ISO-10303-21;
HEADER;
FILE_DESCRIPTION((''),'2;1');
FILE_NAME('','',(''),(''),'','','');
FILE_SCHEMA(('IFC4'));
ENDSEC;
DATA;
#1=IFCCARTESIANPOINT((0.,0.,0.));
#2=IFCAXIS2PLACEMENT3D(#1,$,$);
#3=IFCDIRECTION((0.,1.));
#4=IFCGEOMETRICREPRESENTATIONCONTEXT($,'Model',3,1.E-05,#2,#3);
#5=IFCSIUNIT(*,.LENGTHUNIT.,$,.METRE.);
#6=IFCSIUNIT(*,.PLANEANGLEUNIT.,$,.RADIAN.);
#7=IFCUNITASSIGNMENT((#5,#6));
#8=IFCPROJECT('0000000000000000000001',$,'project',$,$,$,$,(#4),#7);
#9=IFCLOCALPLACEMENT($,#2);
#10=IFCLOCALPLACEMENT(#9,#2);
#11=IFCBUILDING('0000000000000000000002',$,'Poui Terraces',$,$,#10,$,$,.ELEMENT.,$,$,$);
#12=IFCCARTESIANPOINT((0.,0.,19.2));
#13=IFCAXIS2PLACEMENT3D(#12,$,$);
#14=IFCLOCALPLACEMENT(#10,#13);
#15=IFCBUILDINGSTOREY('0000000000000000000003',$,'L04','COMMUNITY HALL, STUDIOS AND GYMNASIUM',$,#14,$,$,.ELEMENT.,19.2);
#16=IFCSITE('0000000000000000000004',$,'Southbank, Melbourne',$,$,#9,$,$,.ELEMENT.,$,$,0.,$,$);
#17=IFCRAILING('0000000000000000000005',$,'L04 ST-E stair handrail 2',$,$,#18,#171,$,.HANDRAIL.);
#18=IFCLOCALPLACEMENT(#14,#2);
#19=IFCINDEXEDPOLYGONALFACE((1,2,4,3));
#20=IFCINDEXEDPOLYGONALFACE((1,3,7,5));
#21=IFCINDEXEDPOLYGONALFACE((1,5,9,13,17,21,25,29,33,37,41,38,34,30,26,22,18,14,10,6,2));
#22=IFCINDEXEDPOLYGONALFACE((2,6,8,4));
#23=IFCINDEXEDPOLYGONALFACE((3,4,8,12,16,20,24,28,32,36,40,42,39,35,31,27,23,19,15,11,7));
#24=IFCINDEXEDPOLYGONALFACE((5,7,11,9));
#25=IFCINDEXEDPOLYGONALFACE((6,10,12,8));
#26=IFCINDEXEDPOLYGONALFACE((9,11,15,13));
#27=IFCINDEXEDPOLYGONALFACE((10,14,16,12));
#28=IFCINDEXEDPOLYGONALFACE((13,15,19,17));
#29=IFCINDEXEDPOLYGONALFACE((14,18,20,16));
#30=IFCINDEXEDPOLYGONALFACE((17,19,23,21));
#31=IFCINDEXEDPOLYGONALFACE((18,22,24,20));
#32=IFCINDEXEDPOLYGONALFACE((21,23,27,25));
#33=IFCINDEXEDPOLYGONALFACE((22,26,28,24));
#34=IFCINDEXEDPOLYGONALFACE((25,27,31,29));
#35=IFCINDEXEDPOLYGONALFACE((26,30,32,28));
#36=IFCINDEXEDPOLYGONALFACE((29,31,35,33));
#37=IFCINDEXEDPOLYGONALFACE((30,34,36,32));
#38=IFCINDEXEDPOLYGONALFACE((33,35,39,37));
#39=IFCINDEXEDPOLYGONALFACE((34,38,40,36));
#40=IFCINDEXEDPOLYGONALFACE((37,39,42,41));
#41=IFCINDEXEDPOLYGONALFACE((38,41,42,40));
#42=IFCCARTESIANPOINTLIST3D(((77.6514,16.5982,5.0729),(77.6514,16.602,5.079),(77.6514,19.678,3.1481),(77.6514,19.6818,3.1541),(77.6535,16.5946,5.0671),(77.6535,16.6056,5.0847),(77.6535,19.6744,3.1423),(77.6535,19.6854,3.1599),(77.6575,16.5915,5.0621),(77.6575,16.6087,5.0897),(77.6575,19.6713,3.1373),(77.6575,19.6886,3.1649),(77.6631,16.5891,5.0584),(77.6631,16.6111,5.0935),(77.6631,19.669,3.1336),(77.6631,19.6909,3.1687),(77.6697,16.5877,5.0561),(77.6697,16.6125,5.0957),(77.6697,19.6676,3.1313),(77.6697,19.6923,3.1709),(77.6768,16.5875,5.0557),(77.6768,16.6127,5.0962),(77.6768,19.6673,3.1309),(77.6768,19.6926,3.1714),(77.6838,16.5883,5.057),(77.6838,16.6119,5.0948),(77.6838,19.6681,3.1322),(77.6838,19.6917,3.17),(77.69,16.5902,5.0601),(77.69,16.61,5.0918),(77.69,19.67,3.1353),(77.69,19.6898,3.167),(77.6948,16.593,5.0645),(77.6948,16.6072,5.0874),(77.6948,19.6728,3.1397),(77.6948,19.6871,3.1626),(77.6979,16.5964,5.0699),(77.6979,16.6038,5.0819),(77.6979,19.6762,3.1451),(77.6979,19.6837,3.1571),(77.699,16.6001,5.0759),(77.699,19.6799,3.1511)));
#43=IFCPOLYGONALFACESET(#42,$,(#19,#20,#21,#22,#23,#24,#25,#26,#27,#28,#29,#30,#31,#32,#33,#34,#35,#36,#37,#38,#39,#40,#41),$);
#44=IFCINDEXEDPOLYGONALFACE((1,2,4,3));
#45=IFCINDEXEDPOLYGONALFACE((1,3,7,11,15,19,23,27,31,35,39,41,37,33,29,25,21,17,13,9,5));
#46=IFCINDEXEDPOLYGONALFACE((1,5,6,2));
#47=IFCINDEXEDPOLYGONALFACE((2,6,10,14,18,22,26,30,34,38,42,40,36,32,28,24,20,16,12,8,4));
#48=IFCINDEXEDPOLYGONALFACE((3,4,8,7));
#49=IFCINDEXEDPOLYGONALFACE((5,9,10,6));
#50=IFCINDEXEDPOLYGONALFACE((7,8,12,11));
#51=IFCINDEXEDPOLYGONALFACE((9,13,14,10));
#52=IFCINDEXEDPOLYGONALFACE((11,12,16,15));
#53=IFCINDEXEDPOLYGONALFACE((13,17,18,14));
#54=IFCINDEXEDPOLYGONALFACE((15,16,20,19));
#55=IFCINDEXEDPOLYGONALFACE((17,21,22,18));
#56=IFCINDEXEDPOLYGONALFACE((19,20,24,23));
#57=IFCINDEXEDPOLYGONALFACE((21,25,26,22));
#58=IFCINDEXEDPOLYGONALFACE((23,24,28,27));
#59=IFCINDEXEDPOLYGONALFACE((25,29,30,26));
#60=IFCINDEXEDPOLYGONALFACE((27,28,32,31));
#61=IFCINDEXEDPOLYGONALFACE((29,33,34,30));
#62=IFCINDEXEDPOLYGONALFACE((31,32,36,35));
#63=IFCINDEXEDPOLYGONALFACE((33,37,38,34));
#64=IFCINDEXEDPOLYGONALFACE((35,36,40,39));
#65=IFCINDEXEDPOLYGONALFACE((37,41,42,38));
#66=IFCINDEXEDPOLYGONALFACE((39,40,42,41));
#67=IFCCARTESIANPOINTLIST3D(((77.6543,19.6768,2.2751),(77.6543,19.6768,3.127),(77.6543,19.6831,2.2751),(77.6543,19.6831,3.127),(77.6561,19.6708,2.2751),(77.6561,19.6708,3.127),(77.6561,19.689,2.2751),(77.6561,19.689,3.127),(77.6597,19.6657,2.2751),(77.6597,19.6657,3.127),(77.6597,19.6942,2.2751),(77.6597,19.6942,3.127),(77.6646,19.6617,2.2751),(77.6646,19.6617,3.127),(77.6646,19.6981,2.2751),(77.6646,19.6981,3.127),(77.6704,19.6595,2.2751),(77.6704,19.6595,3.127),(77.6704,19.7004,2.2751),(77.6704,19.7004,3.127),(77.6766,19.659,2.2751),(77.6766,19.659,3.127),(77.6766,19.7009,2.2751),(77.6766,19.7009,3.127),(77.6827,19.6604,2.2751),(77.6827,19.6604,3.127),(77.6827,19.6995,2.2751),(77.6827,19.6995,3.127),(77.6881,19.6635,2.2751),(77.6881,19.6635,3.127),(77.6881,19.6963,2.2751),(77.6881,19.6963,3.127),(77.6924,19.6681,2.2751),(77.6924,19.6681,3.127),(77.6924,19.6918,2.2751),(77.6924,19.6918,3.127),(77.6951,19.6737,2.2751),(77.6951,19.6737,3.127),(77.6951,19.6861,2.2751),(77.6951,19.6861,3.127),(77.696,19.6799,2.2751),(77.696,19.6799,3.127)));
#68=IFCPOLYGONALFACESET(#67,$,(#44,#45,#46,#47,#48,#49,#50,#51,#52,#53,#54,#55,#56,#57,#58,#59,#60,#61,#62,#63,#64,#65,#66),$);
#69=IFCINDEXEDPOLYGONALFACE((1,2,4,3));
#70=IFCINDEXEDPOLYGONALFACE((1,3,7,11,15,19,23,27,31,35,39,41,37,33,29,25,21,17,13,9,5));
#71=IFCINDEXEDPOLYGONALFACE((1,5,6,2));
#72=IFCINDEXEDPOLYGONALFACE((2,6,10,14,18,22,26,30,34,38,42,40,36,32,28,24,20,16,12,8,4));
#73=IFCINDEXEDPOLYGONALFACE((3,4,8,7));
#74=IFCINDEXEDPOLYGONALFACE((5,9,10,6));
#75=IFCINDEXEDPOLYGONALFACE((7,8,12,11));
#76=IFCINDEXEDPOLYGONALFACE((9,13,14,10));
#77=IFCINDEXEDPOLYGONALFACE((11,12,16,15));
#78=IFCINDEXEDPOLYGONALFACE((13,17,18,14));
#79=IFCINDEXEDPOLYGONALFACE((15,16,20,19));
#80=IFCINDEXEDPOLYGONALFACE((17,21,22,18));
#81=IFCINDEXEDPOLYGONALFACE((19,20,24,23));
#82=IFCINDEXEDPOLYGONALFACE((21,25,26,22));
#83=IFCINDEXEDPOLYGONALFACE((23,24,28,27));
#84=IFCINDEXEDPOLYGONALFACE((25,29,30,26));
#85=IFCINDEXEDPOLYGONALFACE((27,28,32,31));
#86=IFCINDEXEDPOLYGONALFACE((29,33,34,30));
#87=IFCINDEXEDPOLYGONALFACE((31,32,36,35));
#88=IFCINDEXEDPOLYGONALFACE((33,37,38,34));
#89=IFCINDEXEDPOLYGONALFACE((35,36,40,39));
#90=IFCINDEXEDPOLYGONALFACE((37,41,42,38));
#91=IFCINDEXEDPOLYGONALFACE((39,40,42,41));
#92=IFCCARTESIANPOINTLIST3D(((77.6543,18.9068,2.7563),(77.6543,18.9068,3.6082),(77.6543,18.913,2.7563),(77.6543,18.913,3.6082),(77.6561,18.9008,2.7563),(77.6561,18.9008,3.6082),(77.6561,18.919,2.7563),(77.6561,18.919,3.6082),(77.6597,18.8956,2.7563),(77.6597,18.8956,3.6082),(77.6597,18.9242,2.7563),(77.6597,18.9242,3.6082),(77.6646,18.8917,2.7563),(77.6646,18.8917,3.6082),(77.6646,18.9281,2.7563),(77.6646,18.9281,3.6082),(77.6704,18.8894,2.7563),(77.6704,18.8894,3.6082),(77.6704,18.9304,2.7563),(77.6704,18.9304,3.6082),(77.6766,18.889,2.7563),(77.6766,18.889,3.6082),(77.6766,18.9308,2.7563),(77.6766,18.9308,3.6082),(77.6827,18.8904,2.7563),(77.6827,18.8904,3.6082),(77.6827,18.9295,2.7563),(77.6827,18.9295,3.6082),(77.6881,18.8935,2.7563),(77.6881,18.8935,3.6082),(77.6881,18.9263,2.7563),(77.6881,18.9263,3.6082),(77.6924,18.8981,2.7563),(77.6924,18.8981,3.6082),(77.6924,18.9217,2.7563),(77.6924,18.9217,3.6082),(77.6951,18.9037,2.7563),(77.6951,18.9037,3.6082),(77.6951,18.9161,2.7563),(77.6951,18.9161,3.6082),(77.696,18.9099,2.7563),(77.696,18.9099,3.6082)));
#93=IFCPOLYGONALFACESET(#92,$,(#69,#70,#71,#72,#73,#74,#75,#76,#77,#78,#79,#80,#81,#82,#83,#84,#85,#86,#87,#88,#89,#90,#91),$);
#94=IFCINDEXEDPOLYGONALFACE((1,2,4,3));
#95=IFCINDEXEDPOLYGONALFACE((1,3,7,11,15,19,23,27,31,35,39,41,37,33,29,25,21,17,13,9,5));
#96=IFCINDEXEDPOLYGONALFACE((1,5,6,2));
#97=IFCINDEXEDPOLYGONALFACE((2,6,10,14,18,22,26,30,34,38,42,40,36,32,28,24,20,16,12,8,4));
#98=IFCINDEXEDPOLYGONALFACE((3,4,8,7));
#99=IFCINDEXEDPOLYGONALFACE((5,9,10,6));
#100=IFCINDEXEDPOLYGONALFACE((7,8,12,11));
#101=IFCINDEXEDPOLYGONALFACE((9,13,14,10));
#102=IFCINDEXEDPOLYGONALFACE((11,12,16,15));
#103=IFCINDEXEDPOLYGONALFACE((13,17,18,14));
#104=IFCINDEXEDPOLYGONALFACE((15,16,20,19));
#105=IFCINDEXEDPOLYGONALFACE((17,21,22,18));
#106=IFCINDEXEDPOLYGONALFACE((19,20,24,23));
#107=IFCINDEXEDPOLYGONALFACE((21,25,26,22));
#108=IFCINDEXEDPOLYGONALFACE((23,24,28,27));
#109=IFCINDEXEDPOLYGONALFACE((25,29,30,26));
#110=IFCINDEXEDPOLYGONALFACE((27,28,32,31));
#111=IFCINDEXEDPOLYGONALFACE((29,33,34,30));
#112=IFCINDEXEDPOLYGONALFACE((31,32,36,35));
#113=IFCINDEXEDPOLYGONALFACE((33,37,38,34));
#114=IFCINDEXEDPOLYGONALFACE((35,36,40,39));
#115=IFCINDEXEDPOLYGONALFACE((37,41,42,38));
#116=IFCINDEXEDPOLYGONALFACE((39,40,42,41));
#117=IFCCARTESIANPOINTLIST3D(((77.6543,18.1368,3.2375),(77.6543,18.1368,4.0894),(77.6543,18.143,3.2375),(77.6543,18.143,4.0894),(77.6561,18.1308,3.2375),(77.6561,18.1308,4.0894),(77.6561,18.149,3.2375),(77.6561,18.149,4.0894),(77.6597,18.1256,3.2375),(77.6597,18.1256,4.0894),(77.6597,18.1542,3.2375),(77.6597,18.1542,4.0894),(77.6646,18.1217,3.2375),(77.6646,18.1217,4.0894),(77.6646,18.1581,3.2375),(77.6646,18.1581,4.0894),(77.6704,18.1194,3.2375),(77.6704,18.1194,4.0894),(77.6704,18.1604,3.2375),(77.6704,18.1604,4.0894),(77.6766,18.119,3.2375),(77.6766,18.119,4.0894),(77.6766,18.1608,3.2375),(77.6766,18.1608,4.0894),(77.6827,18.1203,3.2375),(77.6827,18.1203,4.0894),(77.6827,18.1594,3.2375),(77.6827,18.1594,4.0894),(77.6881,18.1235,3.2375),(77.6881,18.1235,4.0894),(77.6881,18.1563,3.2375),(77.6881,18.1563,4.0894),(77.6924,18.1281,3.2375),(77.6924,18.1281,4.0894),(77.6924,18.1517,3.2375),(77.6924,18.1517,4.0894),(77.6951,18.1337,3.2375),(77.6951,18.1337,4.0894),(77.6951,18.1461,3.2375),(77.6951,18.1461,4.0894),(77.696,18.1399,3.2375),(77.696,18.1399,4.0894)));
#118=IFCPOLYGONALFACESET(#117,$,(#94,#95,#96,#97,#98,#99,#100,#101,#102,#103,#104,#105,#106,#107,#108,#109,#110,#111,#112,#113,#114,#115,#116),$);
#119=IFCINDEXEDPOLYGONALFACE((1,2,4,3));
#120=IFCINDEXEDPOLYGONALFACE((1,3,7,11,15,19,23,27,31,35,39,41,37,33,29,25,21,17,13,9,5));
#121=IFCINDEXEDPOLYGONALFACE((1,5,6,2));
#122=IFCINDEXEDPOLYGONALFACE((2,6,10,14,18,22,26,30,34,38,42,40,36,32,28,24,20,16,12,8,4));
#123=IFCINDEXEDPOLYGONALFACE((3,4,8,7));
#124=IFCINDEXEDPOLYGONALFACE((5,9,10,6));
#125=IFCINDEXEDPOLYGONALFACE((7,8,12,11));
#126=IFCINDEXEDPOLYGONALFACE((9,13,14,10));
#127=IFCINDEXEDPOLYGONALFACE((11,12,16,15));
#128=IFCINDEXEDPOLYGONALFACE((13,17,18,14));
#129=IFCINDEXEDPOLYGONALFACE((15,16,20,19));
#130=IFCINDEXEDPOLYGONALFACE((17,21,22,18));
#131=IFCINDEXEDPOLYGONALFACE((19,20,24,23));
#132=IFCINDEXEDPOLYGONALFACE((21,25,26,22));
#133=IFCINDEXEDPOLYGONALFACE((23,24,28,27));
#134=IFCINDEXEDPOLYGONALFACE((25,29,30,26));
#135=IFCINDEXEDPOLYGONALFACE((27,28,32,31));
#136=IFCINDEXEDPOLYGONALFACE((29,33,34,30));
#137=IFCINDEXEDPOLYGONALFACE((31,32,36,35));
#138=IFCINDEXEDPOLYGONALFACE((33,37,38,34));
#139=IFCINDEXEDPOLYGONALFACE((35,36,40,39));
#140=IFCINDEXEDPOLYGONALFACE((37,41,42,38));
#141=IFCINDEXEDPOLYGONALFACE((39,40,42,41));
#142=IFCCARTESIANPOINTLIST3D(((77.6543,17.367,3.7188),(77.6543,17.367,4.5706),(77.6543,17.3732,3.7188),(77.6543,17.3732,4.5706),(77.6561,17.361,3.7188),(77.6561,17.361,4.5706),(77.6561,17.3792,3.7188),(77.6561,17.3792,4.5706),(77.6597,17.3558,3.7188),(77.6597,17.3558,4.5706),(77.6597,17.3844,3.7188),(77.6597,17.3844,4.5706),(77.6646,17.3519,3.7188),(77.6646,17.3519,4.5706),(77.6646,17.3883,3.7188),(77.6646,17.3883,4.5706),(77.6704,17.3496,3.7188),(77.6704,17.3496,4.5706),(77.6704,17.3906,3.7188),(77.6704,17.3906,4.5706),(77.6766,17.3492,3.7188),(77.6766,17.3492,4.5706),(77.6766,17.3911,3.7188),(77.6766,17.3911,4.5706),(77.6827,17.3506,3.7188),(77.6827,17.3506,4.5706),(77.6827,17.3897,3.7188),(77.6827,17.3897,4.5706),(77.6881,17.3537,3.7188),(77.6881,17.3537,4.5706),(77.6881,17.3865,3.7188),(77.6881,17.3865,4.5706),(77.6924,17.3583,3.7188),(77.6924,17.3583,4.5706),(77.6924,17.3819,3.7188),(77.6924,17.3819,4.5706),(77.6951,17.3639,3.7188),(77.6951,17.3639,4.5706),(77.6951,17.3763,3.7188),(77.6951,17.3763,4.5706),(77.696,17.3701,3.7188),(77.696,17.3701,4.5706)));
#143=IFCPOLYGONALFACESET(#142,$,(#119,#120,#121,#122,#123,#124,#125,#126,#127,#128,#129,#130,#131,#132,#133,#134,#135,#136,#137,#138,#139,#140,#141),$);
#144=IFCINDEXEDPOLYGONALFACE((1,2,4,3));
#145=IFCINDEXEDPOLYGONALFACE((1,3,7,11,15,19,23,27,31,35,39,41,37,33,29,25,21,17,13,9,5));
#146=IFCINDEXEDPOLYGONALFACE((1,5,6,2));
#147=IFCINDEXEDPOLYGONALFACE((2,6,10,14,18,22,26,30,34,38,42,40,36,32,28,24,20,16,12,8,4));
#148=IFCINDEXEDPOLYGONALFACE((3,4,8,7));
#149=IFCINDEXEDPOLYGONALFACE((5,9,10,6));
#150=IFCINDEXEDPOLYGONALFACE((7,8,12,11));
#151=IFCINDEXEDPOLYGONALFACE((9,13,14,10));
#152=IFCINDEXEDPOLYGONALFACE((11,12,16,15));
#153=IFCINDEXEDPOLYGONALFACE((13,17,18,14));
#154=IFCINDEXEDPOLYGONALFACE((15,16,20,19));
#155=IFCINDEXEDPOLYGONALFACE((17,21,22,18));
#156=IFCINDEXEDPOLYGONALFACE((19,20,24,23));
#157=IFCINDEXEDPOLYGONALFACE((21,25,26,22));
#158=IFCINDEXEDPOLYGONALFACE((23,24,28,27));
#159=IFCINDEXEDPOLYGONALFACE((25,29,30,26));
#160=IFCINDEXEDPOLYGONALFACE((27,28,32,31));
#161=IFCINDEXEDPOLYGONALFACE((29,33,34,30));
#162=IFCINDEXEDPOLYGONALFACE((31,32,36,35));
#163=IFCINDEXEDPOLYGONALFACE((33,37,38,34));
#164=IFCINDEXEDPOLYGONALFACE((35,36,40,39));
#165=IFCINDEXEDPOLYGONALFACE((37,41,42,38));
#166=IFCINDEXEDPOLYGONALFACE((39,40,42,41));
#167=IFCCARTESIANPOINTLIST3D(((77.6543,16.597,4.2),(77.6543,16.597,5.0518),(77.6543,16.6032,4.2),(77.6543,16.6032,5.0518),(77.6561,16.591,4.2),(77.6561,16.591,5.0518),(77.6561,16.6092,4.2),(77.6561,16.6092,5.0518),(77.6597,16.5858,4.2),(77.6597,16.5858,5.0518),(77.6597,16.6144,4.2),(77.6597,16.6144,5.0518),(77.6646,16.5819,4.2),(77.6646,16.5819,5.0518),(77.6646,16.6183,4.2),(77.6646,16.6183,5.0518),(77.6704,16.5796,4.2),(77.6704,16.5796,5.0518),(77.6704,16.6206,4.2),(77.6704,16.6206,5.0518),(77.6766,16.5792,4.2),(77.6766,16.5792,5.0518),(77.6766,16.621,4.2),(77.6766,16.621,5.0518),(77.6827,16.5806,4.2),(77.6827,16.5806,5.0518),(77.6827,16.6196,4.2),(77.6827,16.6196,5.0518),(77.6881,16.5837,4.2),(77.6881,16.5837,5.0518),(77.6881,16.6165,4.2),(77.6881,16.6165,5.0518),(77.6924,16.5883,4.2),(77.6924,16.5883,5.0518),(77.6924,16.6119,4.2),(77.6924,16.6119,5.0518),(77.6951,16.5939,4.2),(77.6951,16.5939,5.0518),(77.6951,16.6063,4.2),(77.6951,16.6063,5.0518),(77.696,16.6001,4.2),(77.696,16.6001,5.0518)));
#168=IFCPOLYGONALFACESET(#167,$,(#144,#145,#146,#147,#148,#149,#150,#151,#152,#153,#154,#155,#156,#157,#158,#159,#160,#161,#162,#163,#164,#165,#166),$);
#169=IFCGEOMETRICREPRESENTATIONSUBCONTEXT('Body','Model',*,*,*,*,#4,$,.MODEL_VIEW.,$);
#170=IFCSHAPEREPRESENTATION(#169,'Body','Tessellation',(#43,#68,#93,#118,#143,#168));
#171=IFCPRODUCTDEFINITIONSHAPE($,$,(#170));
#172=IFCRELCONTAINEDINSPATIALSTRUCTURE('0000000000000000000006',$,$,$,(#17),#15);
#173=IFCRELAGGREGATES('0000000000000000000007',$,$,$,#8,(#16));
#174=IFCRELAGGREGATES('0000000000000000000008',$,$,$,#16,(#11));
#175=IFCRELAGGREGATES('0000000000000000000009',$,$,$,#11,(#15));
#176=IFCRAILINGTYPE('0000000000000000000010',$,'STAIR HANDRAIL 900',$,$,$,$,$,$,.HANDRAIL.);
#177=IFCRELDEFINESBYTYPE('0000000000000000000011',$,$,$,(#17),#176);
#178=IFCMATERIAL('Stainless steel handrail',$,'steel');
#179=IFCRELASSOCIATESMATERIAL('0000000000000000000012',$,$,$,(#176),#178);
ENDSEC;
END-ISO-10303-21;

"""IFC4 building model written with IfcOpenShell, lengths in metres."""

from ifc_helpers import new_model, si_unit, direction, frame, origin, origin_2d, place, context, subcontext, project, spatial, circle, extrude, material, type_object, element, save


model = new_model("IFC4")

# Units and contexts
model_context = context("Model", 3, precision=1e-05, world=origin(), true_north=direction((0.0, 1.0)))
body_context = subcontext(model_context, "Body", "Model", "MODEL_VIEW")
ifc_project = project(units=[si_unit("LENGTHUNIT", "METRE"), si_unit("PLANEANGLEUNIT", "RADIAN")], contexts=[model_context])

# Site, building, storey
site_placement = place(None, origin())
site = spatial("IfcSite", under=ifc_project, at=site_placement, Name="Southbank, Melbourne", CompositionType="ELEMENT", RefElevation=0.0)
building_placement = place(site_placement, origin())
building = spatial("IfcBuilding", under=site, at=building_placement, Name="Poui Terraces", CompositionType="ELEMENT")
storey_placement = place(building_placement, frame((0.0, 0.0, 19.2)))
storey = spatial("IfcBuildingStorey", under=building, at=storey_placement, Name="L04", Description="COMMUNITY HALL, STUDIOS AND GYMNASIUM", CompositionType="ELEMENT", Elevation=19.2)

# Railing
ifc_material_1 = material(Name="Stainless steel handrail", Category="steel")
railing_type_1 = type_object("IfcRailingType", Name="STAIR HANDRAIL 900", PredefinedType="HANDRAIL", material=ifc_material_1)
railing_1_placement = place(storey_placement, frame((77.675, 19.6799, 2.2751)))
element("IfcRailing", 1, at=railing_1_placement, inside=storey, type_object=railing_type_1, Name="L04 ST-E stair handrail 2", PredefinedType="HANDRAIL", context=body_context, shape_type="SweptSolid", body=[
    extrude(circle(Radius=0.0239, at=origin_2d()), frame((0.0, 0.0, 0.876), z_axis=(0.0, -0.84801, 0.529981), x_axis=(1.0, 0.0, 0.0)), (0.0, 0.0, 1.0), 3.6318),
    extrude(circle(Radius=0.021, at=origin_2d()), origin(), (0.0, 0.0, 1.0), 0.8518),
    extrude(circle(Radius=0.021, at=origin_2d()), frame((0.0, -0.77, 0.4812)), (0.0, 0.0, 1.0), 0.8518),
    extrude(circle(Radius=0.021, at=origin_2d()), frame((0.0, -1.54, 0.9624)), (0.0, 0.0, 1.0), 0.8518),
    extrude(circle(Radius=0.021, at=origin_2d()), frame((0.0, -2.3098, 1.4436)), (0.0, 0.0, 1.0), 0.8518),
    extrude(circle(Radius=0.021, at=origin_2d()), frame((0.0, -3.0798, 1.9248)), (0.0, 0.0, 1.0), 0.8518),
])

save(model, "model.ifc")
